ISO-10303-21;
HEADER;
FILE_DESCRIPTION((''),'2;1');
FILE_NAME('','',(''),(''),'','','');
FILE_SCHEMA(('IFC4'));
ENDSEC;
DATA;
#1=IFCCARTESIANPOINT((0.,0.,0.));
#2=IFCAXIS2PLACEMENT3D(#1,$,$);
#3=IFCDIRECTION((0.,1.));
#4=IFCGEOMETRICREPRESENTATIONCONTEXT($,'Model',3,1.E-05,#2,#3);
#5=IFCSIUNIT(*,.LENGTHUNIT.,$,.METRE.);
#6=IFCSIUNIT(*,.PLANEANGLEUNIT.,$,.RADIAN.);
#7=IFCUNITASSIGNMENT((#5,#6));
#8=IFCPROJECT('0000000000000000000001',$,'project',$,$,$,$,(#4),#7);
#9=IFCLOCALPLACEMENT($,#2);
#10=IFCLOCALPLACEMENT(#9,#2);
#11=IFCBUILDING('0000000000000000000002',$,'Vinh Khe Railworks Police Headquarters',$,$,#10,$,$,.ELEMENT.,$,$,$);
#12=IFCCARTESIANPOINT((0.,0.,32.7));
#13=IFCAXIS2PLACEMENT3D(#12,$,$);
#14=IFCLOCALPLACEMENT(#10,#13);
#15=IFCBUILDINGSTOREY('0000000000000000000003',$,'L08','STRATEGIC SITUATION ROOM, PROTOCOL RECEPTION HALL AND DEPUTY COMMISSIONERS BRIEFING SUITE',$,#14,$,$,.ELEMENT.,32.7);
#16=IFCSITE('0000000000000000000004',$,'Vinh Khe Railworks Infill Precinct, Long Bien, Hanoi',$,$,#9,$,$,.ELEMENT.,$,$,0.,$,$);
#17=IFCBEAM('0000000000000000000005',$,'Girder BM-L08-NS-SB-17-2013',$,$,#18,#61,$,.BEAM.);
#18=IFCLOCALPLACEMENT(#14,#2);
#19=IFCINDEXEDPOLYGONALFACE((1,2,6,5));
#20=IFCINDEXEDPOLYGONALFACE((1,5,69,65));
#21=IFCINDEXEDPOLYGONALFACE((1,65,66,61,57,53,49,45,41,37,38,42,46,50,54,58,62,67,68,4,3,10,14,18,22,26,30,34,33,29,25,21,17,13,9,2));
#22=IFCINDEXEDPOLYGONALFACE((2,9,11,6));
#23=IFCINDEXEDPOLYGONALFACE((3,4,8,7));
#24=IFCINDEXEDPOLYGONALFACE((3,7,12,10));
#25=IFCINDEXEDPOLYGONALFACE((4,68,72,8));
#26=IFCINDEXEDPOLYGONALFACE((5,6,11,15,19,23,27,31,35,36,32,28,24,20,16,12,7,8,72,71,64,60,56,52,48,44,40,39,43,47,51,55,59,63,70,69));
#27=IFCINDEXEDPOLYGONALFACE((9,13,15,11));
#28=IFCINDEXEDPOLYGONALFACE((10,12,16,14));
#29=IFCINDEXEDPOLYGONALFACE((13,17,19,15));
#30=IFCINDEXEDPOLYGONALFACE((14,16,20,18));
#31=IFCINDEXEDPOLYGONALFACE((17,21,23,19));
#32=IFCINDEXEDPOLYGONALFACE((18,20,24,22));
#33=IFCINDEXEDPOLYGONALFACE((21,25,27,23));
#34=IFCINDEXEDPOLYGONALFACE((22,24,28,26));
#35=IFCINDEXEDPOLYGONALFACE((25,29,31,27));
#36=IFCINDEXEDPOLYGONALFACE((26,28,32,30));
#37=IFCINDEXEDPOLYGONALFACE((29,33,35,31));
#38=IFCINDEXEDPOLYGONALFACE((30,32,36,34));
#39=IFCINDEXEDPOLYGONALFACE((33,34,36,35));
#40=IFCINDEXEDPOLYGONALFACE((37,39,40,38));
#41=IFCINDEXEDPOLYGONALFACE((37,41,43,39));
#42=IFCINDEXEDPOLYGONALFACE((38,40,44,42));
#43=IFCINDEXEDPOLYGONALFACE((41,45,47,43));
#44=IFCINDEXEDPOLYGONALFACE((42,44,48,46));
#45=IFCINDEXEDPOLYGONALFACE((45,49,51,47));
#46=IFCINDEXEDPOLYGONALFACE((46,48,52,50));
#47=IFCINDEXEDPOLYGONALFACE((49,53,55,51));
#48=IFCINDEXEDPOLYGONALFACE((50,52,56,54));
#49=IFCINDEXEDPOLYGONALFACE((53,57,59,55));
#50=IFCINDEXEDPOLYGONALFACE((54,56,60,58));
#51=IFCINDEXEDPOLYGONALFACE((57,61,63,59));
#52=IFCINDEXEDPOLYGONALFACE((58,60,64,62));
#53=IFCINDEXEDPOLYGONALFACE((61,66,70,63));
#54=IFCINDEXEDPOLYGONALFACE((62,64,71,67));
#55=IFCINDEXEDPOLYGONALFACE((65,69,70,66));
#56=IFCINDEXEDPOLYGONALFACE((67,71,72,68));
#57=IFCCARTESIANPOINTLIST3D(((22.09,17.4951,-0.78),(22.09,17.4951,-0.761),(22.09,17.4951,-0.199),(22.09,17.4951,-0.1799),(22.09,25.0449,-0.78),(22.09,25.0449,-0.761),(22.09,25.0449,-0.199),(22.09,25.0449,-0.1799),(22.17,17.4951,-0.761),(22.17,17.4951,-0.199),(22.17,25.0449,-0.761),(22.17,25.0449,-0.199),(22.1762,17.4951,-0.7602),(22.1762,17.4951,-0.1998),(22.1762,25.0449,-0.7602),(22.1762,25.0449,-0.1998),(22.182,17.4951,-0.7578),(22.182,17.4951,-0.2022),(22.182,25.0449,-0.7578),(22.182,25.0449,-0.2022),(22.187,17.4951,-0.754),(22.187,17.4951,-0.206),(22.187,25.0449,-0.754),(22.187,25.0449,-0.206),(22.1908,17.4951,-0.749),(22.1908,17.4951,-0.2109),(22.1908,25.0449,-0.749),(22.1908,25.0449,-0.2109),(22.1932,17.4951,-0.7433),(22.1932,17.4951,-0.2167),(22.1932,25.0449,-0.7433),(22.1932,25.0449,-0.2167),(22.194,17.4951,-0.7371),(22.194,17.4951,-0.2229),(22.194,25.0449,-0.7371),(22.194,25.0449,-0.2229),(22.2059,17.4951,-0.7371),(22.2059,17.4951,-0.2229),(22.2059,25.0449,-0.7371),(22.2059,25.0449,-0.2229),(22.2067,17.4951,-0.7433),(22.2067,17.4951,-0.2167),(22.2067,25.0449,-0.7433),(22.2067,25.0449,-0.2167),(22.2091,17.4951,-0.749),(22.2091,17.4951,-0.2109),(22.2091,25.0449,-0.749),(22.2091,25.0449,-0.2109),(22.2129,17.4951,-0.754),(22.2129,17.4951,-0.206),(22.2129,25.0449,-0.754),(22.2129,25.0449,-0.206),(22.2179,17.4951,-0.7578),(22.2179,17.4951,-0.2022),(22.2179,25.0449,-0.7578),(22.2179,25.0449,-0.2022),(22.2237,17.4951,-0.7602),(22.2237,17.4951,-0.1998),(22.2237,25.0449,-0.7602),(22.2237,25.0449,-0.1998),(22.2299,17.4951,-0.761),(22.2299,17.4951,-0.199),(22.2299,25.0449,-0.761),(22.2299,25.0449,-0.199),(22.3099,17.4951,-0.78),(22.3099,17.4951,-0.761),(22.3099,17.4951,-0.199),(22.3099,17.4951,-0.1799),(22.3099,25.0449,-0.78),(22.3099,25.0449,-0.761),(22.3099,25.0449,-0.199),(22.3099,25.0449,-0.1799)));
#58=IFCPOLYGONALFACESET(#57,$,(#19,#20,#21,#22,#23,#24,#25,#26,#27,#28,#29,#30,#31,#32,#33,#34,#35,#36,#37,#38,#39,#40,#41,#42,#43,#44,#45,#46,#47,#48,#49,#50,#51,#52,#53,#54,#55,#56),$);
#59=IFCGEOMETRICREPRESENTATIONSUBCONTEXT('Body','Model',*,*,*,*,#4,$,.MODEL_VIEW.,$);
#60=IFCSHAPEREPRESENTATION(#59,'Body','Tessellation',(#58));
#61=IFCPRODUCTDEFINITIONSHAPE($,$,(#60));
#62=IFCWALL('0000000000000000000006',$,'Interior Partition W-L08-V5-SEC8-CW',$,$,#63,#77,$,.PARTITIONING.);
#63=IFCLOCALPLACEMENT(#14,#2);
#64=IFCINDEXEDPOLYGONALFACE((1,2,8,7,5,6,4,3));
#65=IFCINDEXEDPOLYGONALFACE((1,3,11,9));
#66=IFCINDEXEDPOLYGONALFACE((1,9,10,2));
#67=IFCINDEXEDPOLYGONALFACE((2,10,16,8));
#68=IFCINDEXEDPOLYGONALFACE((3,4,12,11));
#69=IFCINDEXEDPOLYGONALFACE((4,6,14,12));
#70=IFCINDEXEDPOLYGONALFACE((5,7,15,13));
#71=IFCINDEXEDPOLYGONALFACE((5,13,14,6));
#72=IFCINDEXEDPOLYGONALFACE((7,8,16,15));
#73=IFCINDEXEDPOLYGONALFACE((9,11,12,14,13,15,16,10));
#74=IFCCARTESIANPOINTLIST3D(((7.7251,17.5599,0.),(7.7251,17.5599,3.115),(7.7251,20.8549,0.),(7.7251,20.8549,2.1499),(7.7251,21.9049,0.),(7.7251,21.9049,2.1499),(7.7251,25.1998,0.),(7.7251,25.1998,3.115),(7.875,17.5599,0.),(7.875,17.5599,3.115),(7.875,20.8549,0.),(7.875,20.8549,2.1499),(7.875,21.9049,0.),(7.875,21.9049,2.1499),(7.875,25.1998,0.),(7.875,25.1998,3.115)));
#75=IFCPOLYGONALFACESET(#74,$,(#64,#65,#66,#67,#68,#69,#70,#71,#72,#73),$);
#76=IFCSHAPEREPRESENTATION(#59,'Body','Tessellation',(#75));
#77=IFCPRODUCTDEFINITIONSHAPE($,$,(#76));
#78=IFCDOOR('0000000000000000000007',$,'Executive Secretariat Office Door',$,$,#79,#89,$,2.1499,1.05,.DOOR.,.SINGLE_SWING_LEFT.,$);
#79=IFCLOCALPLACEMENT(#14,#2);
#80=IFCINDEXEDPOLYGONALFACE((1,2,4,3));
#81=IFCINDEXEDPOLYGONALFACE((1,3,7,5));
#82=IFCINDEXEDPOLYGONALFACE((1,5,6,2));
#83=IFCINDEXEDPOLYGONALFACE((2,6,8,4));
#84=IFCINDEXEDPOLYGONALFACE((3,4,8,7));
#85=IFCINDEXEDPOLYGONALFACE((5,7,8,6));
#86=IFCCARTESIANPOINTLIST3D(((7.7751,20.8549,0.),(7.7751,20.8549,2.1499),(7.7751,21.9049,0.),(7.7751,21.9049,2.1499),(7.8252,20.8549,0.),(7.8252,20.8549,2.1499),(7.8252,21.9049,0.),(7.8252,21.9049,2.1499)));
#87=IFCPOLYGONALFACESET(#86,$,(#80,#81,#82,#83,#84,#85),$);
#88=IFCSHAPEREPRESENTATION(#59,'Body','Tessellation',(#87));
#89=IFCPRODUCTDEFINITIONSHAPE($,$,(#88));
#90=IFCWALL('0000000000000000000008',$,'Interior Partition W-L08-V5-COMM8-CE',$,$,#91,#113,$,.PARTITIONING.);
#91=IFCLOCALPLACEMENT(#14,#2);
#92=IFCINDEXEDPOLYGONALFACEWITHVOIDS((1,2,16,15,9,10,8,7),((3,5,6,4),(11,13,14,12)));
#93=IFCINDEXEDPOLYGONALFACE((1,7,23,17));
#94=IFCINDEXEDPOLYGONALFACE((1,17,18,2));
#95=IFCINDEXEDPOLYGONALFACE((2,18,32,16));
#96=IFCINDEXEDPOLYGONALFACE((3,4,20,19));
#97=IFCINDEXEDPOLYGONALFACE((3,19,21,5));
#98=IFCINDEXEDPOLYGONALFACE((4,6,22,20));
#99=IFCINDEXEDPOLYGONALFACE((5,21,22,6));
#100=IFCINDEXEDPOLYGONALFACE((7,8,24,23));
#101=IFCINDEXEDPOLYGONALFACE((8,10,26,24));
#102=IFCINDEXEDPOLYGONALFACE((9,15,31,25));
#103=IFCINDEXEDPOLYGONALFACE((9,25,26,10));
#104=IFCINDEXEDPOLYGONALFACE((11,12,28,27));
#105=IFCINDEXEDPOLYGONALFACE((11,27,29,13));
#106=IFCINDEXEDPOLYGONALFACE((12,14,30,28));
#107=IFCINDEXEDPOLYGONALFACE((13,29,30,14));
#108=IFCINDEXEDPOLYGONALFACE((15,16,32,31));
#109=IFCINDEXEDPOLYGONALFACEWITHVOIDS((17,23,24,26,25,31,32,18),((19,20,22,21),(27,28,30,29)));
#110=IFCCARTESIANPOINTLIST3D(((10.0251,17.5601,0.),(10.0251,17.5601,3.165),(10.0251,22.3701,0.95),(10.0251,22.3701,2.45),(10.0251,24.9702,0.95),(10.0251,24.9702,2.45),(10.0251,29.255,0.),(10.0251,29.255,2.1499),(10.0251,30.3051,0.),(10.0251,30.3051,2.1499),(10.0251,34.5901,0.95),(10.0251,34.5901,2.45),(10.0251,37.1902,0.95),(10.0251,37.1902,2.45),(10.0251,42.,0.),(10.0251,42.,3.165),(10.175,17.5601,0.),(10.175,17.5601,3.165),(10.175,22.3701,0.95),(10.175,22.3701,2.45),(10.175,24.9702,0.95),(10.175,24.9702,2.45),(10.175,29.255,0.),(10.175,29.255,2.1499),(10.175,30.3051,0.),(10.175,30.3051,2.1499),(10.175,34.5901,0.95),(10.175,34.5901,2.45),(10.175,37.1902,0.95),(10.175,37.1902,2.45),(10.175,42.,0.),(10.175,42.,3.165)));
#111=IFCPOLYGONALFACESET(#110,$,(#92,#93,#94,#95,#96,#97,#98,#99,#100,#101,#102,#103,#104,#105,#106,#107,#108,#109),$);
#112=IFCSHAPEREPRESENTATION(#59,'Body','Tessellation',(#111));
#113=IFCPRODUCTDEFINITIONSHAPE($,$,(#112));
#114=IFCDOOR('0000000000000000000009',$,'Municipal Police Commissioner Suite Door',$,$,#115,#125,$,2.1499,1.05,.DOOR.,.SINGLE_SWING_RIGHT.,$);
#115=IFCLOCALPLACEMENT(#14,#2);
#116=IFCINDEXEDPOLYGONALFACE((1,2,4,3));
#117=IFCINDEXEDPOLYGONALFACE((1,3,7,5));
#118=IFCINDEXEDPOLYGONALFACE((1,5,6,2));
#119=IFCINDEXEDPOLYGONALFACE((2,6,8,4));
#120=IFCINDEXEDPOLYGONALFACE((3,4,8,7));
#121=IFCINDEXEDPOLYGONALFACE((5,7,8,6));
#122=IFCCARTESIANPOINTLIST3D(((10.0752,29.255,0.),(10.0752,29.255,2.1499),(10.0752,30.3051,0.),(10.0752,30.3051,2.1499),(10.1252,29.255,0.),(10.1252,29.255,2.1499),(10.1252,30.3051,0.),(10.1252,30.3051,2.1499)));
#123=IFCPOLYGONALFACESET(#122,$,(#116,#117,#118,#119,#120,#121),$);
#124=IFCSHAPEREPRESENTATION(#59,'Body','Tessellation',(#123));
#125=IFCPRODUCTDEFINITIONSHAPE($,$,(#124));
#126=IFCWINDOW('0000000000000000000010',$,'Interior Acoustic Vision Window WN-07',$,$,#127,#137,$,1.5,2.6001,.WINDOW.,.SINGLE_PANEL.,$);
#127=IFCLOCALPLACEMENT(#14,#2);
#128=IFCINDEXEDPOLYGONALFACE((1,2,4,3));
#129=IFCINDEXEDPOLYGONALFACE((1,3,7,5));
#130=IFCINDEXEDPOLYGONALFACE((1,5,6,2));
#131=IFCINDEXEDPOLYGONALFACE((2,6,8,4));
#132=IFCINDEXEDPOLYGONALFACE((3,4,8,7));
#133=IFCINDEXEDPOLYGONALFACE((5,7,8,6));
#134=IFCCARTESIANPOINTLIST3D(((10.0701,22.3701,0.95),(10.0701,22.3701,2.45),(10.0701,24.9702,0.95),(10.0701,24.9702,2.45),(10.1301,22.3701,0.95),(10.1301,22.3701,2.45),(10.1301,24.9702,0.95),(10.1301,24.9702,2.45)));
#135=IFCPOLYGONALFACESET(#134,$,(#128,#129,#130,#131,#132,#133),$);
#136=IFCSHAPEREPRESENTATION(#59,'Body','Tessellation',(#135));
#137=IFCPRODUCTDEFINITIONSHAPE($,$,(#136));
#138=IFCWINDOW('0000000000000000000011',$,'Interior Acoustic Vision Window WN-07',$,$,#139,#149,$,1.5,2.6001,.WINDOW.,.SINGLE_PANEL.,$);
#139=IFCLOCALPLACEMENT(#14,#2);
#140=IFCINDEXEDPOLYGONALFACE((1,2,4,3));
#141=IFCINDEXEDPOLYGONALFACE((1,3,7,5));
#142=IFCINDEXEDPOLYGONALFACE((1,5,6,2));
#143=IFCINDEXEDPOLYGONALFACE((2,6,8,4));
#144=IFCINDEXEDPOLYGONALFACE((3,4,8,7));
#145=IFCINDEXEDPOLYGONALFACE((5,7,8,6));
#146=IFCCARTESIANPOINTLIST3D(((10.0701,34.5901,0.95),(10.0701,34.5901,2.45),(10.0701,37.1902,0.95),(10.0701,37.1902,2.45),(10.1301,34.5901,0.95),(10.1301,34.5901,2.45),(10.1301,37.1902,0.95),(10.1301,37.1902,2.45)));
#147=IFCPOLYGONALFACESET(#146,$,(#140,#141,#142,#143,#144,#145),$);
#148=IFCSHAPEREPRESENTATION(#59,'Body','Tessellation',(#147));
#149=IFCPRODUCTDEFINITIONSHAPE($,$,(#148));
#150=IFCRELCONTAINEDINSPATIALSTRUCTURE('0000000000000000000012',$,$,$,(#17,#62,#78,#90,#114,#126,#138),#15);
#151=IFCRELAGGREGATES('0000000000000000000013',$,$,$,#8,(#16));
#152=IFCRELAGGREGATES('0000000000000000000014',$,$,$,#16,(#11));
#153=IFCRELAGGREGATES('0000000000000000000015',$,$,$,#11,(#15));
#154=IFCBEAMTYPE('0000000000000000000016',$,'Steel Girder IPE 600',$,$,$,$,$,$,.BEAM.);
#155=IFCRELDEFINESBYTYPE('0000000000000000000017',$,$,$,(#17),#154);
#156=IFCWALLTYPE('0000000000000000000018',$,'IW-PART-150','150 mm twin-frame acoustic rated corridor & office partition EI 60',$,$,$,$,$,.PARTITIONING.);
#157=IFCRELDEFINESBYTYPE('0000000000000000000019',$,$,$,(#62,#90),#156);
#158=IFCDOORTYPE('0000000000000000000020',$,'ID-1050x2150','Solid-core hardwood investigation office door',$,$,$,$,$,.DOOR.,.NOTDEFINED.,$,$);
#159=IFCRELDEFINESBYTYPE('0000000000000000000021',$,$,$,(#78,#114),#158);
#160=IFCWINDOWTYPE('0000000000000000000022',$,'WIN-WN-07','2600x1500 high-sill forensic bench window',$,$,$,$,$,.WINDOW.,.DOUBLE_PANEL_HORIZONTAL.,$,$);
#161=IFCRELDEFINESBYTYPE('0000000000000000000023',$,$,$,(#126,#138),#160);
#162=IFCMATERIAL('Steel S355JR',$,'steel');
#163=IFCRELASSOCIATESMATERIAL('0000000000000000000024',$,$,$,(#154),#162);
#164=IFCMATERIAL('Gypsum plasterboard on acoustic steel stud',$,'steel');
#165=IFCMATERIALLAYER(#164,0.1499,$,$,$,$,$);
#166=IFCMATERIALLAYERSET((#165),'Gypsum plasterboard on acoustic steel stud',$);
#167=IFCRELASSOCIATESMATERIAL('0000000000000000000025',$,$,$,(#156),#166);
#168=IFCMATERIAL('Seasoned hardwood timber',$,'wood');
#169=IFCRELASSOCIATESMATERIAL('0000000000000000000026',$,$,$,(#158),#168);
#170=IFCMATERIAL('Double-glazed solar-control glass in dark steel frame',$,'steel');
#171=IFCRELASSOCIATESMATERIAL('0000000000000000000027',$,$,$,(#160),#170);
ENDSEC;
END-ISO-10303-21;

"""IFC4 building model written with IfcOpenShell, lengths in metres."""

from ifc_helpers import new_model, si_unit, direction, frame, frame_2d, origin, origin_2d, place, context, subcontext, project, spatial, rectangle, i_section, extrude, material, layer, layer_set, material_profile, profile_set, type_object, element, fill, save


model = new_model("IFC4")

# Units and contexts
model_context = context("Model", 3, precision=1e-05, world=origin(), true_north=direction((0.0, 1.0)))
body_context = subcontext(model_context, "Body", "Model", "MODEL_VIEW")
ifc_project = project(units=[si_unit("LENGTHUNIT", "METRE"), si_unit("PLANEANGLEUNIT", "RADIAN")], contexts=[model_context])

# Site, building, storey
site_placement = place(None, origin())
site = spatial("IfcSite", under=ifc_project, at=site_placement, Name="Vinh Khe Railworks Infill Precinct, Long Bien, Hanoi", CompositionType="ELEMENT", RefElevation=0.0)
building_placement = place(site_placement, origin())
building = spatial("IfcBuilding", under=site, at=building_placement, Name="Vinh Khe Railworks Police Headquarters", CompositionType="ELEMENT")
storey_placement = place(building_placement, frame((0.0, 0.0, 32.7)))
storey = spatial("IfcBuildingStorey", under=building, at=storey_placement, Name="L08", Description="STRATEGIC SITUATION ROOM, PROTOCOL RECEPTION HALL AND DEPUTY COMMISSIONERS BRIEFING SUITE", CompositionType="ELEMENT", Elevation=32.7)

# Shared definitions
ifc_material_1 = material(Name="Steel S355JR", Category="steel")

# Beam
ifc_material_profile_1 = material_profile(ifc_material_1, i_section(OverallWidth=0.22, OverallDepth=0.6001, WebThickness=0.012, FlangeThickness=0.019, FilletRadius=0.0239, at=origin_2d()), Name="IPE 600")
ifc_profile_set_1 = profile_set([ifc_material_profile_1], Name="Steel S355JR")
beam_type_1 = type_object("IfcBeamType", Name="Steel Girder IPE 600", PredefinedType="BEAM", material=ifc_profile_set_1)
beam_1_placement = place(storey_placement, frame((22.2, 17.4951, -0.48), z_axis=(0.0, 1.0, 0.0), x_axis=(-1.0, 0.0, 0.0)))
element("IfcBeam", 1, at=beam_1_placement, inside=storey, type_object=beam_type_1, Name="Girder BM-L08-NS-SB-17-2013", PredefinedType="BEAM", context=body_context, shape_type="SweptSolid", body=[
    extrude(i_section(OverallWidth=0.22, OverallDepth=0.6001, WebThickness=0.012, FlangeThickness=0.019, FilletRadius=0.0239, at=origin_2d()), origin(), (0.0, 0.0, 1.0), 7.5498),
])

# Wall, opening, door
ifc_material_2 = material(Name="Gypsum plasterboard on acoustic steel stud", Category="steel")
ifc_layer = layer(ifc_material_2, 0.1499)
ifc_layer_set = layer_set([ifc_layer], Name="Gypsum plasterboard on acoustic steel stud")
wall_type = type_object("IfcWallType", Name="IW-PART-150", Description="150 mm twin-frame acoustic rated corridor & office partition EI 60", PredefinedType="PARTITIONING", material=ifc_layer_set)
wall_1_placement = place(storey_placement, frame((7.8, 17.5601, 0.0), z_axis=(0.0, 0.0, 1.0), x_axis=(0.0, 1.0, 0.0)))
wall_1 = element("IfcWall", 2, at=wall_1_placement, inside=storey, type_object=wall_type, Name="Interior Partition W-L08-V5-SEC8-CW", PredefinedType="PARTITIONING", context=body_context, shape_type="SweptSolid", body=[
    extrude(rectangle(XDim=7.6399, YDim=0.1499, at=frame_2d((3.8198, 0.0))), origin(), (0.0, 0.0, 1.0), 3.115),
])
opening_1_placement = place(wall_1_placement, frame((3.2949, 0.0, 0.0)))
opening_1 = element("IfcOpeningElement", 3, at=opening_1_placement, cuts=wall_1, PredefinedType="OPENING", context=body_context, shape_type="SweptSolid", body=[
    extrude(rectangle(XDim=1.05, YDim=2.1499, at=frame_2d((0.5249, 1.075))), frame((0.0, 0.0898, 0.0), z_axis=(0.0, -1.0, 0.0), x_axis=(1.0, 0.0, 0.0)), (0.0, 0.0, 1.0), 0.1797),
])
ifc_material_3 = material(Name="Seasoned hardwood timber", Category="wood")
door_type = type_object("IfcDoorType", Name="ID-1050x2150", Description="Solid-core hardwood investigation office door", OperationType="NOTDEFINED", PredefinedType="DOOR", material=ifc_material_3)
door_1_placement = place(opening_1_placement, origin())
door_1 = element("IfcDoor", 4, at=door_1_placement, inside=storey, type_object=door_type, Name="Executive Secretariat Office Door", OperationType="SINGLE_SWING_LEFT", OverallHeight=2.1499, OverallWidth=1.05, PredefinedType="DOOR", context=body_context, shape_type="SweptSolid", body=[
    extrude(rectangle(XDim=1.05, YDim=2.1499, at=frame_2d((0.5249, 1.075))), frame((0.0, 0.0249, 0.0), z_axis=(0.0, -1.0, 0.0), x_axis=(1.0, 0.0, 0.0)), (0.0, 0.0, 1.0), 0.05),
])
fill(opening_1, door_1)

# Wall, openings, door, windows
wall_2_placement = place(storey_placement, frame((10.1001, 17.5601, 0.0), z_axis=(0.0, 0.0, 1.0), x_axis=(0.0, 1.0, 0.0)))
wall_2 = element("IfcWall", 5, at=wall_2_placement, inside=storey, type_object=wall_type, Name="Interior Partition W-L08-V5-COMM8-CE", PredefinedType="PARTITIONING", context=body_context, shape_type="SweptSolid", body=[
    extrude(rectangle(XDim=24.4399, YDim=0.1499, at=frame_2d((12.22, 0.0))), origin(), (0.0, 0.0, 1.0), 3.165),
])
opening_2_placement = place(wall_2_placement, frame((11.6951, 0.0, 0.0)))
opening_2 = element("IfcOpeningElement", 6, at=opening_2_placement, cuts=wall_2, PredefinedType="OPENING", context=body_context, shape_type="SweptSolid", body=[
    extrude(rectangle(XDim=1.05, YDim=2.1499, at=frame_2d((0.5249, 1.075))), frame((0.0, 0.0898, 0.0), z_axis=(0.0, -1.0, 0.0), x_axis=(1.0, 0.0, 0.0)), (0.0, 0.0, 1.0), 0.1797),
])
opening_3_placement = place(wall_2_placement, frame((4.8101, 0.0, 0.95)))
opening_3 = element("IfcOpeningElement", 7, at=opening_3_placement, cuts=wall_2, PredefinedType="OPENING", context=body_context, shape_type="SweptSolid", body=[
    extrude(rectangle(XDim=2.6001, YDim=1.5, at=frame_2d((1.3, 0.75))), frame((0.0, 0.0898, 0.0), z_axis=(0.0, -1.0, 0.0), x_axis=(1.0, 0.0, 0.0)), (0.0, 0.0, 1.0), 0.1797),
])
opening_4_placement = place(wall_2_placement, frame((17.03, 0.0, 0.95)))
opening_4 = element("IfcOpeningElement", 8, at=opening_4_placement, cuts=wall_2, PredefinedType="OPENING", context=body_context, shape_type="SweptSolid", body=[
    extrude(rectangle(XDim=2.6001, YDim=1.5, at=frame_2d((1.3, 0.75))), frame((0.0, 0.0898, 0.0), z_axis=(0.0, -1.0, 0.0), x_axis=(1.0, 0.0, 0.0)), (0.0, 0.0, 1.0), 0.1797),
])
door_2_placement = place(opening_2_placement, origin())
door_2 = element("IfcDoor", 9, at=door_2_placement, inside=storey, type_object=door_type, Name="Municipal Police Commissioner Suite Door", OperationType="SINGLE_SWING_RIGHT", OverallHeight=2.1499, OverallWidth=1.05, PredefinedType="DOOR", context=body_context, shape_type="SweptSolid", body=[
    extrude(rectangle(XDim=1.05, YDim=2.1499, at=frame_2d((0.5249, 1.075))), frame((0.0, 0.0249, 0.0), z_axis=(0.0, -1.0, 0.0), x_axis=(1.0, 0.0, 0.0)), (0.0, 0.0, 1.0), 0.05),
])
fill(opening_2, door_2)
ifc_material_4 = material(Name="Double-glazed solar-control glass in dark steel frame", Category="steel")
window_type = type_object("IfcWindowType", Name="WIN-WN-07", Description="2600x1500 high-sill forensic bench window", PartitioningType="DOUBLE_PANEL_HORIZONTAL", PredefinedType="WINDOW", material=ifc_material_4)
window_1_placement = place(opening_3_placement, origin())
window_1 = element("IfcWindow", 10, at=window_1_placement, inside=storey, type_object=window_type, Name="Interior Acoustic Vision Window WN-07", OverallHeight=1.5, OverallWidth=2.6001, PartitioningType="SINGLE_PANEL", PredefinedType="WINDOW", context=body_context, shape_type="SweptSolid", body=[
    extrude(rectangle(XDim=2.6001, YDim=1.5, at=frame_2d((1.3, 0.75))), frame((0.0, 0.03, 0.0), z_axis=(0.0, -1.0, 0.0), x_axis=(1.0, 0.0, 0.0)), (0.0, 0.0, 1.0), 0.0601),
])
fill(opening_3, window_1)
window_2_placement = place(opening_4_placement, origin())
window_2 = element("IfcWindow", 11, at=window_2_placement, inside=storey, type_object=window_type, Name="Interior Acoustic Vision Window WN-07", OverallHeight=1.5, OverallWidth=2.6001, PartitioningType="SINGLE_PANEL", PredefinedType="WINDOW", context=body_context, shape_type="SweptSolid", body=[
    extrude(rectangle(XDim=2.6001, YDim=1.5, at=frame_2d((1.3, 0.75))), frame((0.0, 0.03, 0.0), z_axis=(0.0, -1.0, 0.0), x_axis=(1.0, 0.0, 0.0)), (0.0, 0.0, 1.0), 0.0601),
])
fill(opening_4, window_2)

save(model, "model.ifc")
